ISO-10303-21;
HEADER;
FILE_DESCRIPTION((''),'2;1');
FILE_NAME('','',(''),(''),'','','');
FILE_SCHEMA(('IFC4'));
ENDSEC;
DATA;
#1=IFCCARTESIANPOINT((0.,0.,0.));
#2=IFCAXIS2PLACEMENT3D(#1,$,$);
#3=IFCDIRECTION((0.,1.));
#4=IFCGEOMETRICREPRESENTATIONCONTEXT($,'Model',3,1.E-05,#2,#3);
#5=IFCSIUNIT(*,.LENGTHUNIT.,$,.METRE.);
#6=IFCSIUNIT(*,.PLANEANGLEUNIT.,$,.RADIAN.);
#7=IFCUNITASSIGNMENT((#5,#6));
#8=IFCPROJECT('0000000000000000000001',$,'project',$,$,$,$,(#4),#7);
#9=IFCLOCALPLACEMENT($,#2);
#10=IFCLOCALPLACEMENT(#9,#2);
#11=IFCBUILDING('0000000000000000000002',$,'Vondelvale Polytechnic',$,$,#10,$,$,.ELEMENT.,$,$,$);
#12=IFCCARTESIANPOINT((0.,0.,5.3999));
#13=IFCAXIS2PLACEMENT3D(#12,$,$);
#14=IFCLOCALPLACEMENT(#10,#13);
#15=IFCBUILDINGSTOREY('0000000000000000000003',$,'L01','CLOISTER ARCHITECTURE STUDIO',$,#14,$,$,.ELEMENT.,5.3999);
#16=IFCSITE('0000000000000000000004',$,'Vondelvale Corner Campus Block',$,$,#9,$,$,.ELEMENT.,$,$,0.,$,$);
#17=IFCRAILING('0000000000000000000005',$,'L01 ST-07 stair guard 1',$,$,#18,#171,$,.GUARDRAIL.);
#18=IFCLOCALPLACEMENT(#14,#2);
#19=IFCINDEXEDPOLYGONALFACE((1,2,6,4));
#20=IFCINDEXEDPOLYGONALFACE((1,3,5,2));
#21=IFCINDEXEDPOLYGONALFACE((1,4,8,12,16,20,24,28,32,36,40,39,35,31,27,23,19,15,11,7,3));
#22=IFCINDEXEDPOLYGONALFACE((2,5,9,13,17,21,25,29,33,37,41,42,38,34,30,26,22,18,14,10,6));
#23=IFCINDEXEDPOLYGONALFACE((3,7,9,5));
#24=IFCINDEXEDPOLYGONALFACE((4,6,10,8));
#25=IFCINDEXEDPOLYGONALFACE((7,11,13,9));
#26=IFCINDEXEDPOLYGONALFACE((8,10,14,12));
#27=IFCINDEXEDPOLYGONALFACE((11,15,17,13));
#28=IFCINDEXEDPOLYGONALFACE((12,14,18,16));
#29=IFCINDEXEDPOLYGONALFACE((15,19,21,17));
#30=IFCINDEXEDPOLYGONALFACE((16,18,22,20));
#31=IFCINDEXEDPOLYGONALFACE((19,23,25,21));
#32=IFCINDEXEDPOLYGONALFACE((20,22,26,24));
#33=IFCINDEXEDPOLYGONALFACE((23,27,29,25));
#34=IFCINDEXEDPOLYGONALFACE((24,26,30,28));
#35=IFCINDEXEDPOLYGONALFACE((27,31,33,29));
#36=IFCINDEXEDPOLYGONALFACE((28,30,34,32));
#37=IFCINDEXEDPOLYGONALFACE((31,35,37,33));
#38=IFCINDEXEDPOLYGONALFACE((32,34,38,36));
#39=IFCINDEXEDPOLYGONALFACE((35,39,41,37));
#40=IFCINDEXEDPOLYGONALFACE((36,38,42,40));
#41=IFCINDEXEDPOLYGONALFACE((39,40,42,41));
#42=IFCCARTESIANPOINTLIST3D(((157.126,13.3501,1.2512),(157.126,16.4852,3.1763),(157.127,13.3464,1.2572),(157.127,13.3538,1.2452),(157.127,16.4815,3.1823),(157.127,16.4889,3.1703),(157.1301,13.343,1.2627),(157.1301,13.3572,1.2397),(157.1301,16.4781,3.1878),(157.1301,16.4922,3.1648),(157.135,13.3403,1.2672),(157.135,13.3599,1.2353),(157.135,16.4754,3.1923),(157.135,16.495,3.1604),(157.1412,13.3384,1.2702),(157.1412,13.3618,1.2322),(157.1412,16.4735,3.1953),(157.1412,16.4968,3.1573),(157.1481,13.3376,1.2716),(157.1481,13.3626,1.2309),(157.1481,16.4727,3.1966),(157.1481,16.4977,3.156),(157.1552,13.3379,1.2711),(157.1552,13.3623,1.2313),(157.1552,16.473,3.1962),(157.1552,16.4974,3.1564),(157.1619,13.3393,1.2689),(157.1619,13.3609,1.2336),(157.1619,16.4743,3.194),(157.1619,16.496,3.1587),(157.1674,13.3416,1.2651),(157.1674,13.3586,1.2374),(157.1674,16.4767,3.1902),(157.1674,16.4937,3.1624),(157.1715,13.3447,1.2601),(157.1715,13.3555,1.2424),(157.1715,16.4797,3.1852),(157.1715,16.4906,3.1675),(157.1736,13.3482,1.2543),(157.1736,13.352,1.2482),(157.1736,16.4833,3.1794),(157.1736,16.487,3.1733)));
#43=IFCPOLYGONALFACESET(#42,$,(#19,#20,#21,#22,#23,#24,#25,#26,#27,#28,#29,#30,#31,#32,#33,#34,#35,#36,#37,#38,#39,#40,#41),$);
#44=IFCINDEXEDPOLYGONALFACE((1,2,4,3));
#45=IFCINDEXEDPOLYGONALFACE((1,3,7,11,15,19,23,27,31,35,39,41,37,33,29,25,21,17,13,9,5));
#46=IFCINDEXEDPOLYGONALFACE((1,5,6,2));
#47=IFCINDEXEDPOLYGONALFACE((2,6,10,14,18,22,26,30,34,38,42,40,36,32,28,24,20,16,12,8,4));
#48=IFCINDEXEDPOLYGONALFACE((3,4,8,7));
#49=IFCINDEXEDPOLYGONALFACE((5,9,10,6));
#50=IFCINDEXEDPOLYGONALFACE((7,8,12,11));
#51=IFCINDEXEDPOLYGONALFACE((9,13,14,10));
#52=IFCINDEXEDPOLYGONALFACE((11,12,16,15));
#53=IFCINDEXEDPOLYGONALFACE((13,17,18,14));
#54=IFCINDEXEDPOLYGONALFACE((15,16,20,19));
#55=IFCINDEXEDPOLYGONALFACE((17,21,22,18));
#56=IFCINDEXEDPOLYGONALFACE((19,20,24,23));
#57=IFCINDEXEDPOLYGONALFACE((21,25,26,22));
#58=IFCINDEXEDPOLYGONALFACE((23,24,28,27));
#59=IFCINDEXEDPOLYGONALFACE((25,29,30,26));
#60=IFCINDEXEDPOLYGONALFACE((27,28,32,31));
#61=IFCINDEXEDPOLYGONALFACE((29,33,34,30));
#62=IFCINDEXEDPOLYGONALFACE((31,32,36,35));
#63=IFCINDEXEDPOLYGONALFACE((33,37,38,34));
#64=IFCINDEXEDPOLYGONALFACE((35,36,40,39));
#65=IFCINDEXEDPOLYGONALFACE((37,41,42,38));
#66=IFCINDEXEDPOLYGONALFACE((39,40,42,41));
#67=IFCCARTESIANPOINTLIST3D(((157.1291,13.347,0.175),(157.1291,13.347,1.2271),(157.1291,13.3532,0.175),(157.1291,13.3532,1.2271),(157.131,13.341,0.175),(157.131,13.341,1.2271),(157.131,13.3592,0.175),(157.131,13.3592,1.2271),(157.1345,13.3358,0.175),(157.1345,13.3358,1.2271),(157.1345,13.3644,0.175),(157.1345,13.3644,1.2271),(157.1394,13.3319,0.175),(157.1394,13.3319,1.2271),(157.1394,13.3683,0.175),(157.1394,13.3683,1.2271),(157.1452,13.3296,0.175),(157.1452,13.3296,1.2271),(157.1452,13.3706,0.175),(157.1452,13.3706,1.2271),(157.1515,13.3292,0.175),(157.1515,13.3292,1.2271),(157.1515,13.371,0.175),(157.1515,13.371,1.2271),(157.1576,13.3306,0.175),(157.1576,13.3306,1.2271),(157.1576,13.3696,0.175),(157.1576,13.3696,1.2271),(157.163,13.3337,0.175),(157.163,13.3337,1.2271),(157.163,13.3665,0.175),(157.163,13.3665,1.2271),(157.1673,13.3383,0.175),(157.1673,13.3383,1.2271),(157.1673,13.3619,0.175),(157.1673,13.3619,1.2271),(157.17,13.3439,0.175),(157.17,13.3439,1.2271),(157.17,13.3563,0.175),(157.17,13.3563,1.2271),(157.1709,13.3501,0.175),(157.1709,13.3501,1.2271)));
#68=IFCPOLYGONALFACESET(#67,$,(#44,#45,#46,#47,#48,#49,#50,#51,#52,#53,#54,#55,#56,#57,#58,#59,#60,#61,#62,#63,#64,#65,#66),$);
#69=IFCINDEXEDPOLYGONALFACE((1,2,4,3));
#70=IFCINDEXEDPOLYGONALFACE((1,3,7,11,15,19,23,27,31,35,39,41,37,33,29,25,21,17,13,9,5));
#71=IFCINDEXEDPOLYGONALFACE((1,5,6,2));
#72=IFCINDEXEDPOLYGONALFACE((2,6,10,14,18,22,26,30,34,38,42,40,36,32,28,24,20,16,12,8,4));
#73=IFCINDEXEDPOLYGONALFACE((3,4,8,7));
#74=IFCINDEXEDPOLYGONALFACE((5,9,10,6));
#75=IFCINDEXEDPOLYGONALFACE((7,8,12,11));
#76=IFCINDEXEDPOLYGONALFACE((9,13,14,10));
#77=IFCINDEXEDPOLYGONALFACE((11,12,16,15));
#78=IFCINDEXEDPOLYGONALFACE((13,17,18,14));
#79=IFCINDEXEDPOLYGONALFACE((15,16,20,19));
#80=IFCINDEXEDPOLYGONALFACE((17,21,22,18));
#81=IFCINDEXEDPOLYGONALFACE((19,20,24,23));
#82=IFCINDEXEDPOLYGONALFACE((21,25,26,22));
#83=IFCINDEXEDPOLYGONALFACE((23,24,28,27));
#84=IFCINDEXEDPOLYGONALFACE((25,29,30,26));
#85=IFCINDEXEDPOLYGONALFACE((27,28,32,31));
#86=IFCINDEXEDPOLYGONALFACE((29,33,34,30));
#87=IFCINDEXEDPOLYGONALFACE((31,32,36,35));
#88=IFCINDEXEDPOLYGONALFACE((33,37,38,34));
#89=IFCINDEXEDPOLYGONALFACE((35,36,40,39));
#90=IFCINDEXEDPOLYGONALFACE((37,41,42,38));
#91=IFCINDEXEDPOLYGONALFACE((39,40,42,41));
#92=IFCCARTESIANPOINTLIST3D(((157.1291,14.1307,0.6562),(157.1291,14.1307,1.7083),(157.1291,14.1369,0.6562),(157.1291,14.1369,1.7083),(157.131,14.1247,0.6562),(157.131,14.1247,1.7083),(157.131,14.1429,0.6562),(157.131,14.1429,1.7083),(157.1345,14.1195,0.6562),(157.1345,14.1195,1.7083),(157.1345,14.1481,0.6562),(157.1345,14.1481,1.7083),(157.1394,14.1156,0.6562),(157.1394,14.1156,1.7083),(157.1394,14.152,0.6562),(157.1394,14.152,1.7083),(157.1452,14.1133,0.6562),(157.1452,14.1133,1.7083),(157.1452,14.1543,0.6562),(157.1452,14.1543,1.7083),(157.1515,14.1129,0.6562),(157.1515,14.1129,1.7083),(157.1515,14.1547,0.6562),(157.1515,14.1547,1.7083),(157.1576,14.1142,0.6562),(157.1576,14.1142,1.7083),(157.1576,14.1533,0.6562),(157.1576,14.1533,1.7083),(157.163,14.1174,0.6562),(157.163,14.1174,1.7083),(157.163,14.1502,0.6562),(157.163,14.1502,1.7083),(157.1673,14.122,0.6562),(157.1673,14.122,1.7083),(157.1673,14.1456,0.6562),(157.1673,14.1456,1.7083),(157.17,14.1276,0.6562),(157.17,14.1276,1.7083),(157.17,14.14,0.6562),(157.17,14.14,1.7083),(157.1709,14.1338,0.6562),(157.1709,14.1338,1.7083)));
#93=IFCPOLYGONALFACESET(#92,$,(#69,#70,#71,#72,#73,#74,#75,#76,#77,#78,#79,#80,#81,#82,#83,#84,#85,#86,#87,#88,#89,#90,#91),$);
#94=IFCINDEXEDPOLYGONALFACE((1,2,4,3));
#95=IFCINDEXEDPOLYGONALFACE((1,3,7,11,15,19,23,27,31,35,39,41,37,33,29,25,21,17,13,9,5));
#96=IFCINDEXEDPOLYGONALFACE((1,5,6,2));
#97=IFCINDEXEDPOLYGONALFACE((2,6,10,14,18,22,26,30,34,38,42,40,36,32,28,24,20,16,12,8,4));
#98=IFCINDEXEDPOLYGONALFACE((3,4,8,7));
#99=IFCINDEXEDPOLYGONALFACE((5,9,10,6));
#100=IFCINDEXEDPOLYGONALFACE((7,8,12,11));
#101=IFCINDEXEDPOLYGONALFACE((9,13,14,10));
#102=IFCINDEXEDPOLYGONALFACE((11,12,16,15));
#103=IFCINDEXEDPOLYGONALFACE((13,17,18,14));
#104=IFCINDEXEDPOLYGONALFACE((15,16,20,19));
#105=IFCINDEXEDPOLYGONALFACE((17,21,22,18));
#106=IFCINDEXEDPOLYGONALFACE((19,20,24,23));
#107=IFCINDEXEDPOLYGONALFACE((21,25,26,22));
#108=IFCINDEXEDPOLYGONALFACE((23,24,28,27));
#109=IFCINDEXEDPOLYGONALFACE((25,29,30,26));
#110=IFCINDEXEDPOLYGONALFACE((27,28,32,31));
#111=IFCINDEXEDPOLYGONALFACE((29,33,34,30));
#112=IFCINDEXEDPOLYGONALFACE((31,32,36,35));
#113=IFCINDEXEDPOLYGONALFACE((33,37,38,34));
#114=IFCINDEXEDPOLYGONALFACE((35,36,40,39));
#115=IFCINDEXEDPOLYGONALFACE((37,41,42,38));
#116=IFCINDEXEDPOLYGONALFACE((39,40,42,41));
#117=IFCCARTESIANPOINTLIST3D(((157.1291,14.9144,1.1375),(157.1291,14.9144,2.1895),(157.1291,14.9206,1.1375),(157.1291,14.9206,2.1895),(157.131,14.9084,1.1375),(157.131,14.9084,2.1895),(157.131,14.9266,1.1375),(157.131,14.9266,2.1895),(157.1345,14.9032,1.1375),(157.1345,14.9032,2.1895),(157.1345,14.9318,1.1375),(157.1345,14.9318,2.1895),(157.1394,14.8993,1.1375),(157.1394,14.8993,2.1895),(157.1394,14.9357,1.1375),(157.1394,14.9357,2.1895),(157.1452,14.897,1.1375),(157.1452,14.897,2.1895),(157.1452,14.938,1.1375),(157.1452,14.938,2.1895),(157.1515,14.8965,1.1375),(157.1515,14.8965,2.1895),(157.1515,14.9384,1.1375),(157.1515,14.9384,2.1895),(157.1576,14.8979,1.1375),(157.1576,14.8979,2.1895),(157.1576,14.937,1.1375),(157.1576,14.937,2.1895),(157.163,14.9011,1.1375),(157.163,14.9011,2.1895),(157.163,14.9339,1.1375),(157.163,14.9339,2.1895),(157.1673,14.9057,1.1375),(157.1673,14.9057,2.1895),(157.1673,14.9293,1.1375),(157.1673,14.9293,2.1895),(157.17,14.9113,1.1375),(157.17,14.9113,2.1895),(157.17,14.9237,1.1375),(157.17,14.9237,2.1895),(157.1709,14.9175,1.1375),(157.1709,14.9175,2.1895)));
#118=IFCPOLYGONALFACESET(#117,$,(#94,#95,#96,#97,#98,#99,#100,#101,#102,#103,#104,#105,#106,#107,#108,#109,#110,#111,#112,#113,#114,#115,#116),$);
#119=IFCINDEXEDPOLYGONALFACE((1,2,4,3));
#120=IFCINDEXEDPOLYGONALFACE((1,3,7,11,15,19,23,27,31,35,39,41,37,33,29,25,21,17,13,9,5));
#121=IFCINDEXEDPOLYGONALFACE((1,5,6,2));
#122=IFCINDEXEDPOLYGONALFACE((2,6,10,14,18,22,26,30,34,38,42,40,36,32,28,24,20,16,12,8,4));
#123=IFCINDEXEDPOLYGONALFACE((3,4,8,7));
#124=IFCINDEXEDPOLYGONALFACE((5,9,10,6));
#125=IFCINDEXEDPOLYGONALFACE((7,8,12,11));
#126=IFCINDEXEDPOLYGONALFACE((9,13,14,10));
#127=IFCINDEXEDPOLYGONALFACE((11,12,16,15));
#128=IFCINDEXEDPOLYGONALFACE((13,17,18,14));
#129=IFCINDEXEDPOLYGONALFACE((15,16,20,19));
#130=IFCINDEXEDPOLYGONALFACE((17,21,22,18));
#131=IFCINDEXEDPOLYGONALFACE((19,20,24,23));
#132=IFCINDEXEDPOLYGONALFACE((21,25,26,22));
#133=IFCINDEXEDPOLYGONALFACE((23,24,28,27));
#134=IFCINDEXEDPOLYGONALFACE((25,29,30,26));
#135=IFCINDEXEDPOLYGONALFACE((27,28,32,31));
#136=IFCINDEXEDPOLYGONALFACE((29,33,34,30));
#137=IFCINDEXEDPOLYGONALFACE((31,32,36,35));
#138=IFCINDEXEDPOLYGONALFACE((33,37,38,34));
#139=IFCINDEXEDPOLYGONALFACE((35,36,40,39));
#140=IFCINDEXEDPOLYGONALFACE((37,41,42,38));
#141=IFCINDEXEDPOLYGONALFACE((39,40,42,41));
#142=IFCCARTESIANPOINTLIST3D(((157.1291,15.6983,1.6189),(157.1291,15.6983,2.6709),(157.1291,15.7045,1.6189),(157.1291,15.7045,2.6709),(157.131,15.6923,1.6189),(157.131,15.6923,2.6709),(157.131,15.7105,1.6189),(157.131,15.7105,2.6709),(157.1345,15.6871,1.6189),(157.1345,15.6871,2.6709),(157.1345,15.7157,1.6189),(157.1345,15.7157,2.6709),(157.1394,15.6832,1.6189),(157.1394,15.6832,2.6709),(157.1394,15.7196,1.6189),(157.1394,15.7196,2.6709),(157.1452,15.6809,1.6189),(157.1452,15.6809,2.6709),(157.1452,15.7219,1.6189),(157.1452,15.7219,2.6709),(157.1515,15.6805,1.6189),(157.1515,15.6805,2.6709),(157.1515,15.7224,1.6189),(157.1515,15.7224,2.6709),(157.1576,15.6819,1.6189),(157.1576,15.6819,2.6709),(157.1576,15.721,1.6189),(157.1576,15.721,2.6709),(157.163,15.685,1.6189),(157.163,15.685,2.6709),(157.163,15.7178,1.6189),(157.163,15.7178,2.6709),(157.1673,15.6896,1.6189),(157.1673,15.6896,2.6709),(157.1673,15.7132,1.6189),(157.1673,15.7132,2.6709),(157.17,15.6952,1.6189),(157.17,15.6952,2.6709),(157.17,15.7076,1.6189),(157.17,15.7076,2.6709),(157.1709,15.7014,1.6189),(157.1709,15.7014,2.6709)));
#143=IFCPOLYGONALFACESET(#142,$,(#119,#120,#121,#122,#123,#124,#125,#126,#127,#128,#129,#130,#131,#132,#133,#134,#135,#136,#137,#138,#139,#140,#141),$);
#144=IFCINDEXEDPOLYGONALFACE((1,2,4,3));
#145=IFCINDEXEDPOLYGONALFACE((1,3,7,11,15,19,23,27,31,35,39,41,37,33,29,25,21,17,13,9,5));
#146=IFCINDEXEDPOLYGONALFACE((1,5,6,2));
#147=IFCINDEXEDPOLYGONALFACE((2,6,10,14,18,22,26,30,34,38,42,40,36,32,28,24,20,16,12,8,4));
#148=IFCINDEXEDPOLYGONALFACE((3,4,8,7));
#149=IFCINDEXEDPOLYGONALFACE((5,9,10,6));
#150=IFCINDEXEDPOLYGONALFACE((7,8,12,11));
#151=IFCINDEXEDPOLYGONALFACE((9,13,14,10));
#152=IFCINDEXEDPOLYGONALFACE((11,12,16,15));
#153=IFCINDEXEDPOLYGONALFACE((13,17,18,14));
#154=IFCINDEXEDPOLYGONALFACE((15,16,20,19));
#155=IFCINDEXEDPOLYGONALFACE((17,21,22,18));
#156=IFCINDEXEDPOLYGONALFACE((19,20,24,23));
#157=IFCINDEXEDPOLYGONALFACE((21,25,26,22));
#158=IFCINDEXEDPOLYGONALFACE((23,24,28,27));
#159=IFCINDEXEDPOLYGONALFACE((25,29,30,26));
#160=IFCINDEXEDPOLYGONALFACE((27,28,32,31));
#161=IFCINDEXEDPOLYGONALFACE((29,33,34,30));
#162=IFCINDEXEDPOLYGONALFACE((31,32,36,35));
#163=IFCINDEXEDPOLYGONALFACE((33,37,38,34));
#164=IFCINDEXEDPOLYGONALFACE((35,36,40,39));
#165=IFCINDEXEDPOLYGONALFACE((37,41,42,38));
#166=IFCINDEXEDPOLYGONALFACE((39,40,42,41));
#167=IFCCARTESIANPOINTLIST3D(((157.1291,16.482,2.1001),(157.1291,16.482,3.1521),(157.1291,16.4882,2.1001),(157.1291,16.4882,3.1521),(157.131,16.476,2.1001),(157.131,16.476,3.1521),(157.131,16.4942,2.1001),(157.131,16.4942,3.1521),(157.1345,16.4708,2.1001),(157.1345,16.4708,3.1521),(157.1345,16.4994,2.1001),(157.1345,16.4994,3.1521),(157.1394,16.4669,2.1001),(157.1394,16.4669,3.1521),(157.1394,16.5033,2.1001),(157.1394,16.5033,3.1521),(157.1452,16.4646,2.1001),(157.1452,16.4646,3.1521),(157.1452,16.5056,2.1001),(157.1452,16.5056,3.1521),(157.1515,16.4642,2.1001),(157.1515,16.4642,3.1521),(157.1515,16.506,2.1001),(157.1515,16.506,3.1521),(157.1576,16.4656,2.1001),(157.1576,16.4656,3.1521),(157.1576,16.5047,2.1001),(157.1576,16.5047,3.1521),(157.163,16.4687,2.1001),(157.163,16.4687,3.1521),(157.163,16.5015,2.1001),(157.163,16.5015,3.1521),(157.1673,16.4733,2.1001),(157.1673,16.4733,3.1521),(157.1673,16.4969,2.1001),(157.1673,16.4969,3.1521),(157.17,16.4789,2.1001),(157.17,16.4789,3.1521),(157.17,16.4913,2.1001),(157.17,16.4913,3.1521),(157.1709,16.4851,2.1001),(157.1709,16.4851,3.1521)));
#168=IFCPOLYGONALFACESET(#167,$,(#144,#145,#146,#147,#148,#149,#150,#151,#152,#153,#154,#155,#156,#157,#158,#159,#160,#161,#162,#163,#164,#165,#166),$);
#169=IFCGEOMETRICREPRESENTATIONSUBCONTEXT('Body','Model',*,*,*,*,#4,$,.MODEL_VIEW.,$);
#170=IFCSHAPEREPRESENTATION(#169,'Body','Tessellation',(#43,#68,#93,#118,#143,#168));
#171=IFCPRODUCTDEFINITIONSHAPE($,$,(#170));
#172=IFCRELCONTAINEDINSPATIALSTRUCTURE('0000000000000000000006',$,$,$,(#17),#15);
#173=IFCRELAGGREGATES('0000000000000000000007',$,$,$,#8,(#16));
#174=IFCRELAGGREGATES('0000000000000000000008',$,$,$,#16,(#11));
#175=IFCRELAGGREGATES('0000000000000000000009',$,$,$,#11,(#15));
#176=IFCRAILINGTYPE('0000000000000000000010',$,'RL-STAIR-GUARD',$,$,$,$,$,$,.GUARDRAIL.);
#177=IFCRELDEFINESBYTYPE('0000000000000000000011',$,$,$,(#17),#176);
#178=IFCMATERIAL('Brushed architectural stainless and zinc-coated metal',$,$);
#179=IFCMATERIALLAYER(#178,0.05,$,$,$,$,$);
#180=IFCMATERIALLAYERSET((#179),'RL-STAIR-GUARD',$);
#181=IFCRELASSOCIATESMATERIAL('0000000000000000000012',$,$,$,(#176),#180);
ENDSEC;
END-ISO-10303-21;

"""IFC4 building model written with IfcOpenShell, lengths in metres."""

from ifc_helpers import new_model, si_unit, direction, frame, origin, origin_2d, place, context, subcontext, project, spatial, circle, extrude, material, layer, layer_set, type_object, element, save


model = new_model("IFC4")

# Units and contexts
model_context = context("Model", 3, precision=1e-05, world=origin(), true_north=direction((0.0, 1.0)))
body_context = subcontext(model_context, "Body", "Model", "MODEL_VIEW")
ifc_project = project(units=[si_unit("LENGTHUNIT", "METRE"), si_unit("PLANEANGLEUNIT", "RADIAN")], contexts=[model_context])

# Site, building, storey
site_placement = place(None, origin())
site = spatial("IfcSite", under=ifc_project, at=site_placement, Name="Vondelvale Corner Campus Block", CompositionType="ELEMENT", RefElevation=0.0)
building_placement = place(site_placement, origin())
building = spatial("IfcBuilding", under=site, at=building_placement, Name="Vondelvale Polytechnic", CompositionType="ELEMENT")
storey_placement = place(building_placement, frame((0.0, 0.0, 5.3999)))
storey = spatial("IfcBuildingStorey", under=building, at=storey_placement, Name="L01", Description="CLOISTER ARCHITECTURE STUDIO", CompositionType="ELEMENT", Elevation=5.3999)

# Shared definitions
ifc_material_1 = material(Name="Brushed architectural stainless and zinc-coated metal")

# Railing
ifc_layer_1 = layer(ifc_material_1, 0.05)
ifc_layer_set_1 = layer_set([ifc_layer_1], Name="RL-STAIR-GUARD")
railing_type_1 = type_object("IfcRailingType", Name="RL-STAIR-GUARD", PredefinedType="GUARDRAIL", material=ifc_layer_set_1)
railing_1_placement = place(storey_placement, frame((157.1499, 13.3501, 0.175)))
element("IfcRailing", 1, at=railing_1_placement, inside=storey, type_object=railing_type_1, Name="L01 ST-07 stair guard 1", PredefinedType="GUARDRAIL", context=body_context, shape_type="SweptSolid", body=[
    extrude(circle(Radius=0.0239, at=origin_2d()), frame((0.0, 0.0, 1.0762), z_axis=(0.0, 0.852166, 0.523271), x_axis=(-1.0, 0.0, 0.0)), (0.0, 0.0, 1.0), 3.679),
    extrude(circle(Radius=0.021, at=origin_2d()), origin(), (0.0, 0.0, 1.0), 1.052),
    extrude(circle(Radius=0.021, at=origin_2d()), frame((0.0, 0.7837, 0.4812)), (0.0, 0.0, 1.0), 1.052),
    extrude(circle(Radius=0.021, at=origin_2d()), frame((0.0, 1.5674, 0.9624)), (0.0, 0.0, 1.0), 1.052),
    extrude(circle(Radius=0.021, at=origin_2d()), frame((0.0, 2.3513, 1.4438)), (0.0, 0.0, 1.0), 1.052),
    extrude(circle(Radius=0.021, at=origin_2d()), frame((0.0, 3.135, 1.925)), (0.0, 0.0, 1.0), 1.052),
])

save(model, "model.ifc")
